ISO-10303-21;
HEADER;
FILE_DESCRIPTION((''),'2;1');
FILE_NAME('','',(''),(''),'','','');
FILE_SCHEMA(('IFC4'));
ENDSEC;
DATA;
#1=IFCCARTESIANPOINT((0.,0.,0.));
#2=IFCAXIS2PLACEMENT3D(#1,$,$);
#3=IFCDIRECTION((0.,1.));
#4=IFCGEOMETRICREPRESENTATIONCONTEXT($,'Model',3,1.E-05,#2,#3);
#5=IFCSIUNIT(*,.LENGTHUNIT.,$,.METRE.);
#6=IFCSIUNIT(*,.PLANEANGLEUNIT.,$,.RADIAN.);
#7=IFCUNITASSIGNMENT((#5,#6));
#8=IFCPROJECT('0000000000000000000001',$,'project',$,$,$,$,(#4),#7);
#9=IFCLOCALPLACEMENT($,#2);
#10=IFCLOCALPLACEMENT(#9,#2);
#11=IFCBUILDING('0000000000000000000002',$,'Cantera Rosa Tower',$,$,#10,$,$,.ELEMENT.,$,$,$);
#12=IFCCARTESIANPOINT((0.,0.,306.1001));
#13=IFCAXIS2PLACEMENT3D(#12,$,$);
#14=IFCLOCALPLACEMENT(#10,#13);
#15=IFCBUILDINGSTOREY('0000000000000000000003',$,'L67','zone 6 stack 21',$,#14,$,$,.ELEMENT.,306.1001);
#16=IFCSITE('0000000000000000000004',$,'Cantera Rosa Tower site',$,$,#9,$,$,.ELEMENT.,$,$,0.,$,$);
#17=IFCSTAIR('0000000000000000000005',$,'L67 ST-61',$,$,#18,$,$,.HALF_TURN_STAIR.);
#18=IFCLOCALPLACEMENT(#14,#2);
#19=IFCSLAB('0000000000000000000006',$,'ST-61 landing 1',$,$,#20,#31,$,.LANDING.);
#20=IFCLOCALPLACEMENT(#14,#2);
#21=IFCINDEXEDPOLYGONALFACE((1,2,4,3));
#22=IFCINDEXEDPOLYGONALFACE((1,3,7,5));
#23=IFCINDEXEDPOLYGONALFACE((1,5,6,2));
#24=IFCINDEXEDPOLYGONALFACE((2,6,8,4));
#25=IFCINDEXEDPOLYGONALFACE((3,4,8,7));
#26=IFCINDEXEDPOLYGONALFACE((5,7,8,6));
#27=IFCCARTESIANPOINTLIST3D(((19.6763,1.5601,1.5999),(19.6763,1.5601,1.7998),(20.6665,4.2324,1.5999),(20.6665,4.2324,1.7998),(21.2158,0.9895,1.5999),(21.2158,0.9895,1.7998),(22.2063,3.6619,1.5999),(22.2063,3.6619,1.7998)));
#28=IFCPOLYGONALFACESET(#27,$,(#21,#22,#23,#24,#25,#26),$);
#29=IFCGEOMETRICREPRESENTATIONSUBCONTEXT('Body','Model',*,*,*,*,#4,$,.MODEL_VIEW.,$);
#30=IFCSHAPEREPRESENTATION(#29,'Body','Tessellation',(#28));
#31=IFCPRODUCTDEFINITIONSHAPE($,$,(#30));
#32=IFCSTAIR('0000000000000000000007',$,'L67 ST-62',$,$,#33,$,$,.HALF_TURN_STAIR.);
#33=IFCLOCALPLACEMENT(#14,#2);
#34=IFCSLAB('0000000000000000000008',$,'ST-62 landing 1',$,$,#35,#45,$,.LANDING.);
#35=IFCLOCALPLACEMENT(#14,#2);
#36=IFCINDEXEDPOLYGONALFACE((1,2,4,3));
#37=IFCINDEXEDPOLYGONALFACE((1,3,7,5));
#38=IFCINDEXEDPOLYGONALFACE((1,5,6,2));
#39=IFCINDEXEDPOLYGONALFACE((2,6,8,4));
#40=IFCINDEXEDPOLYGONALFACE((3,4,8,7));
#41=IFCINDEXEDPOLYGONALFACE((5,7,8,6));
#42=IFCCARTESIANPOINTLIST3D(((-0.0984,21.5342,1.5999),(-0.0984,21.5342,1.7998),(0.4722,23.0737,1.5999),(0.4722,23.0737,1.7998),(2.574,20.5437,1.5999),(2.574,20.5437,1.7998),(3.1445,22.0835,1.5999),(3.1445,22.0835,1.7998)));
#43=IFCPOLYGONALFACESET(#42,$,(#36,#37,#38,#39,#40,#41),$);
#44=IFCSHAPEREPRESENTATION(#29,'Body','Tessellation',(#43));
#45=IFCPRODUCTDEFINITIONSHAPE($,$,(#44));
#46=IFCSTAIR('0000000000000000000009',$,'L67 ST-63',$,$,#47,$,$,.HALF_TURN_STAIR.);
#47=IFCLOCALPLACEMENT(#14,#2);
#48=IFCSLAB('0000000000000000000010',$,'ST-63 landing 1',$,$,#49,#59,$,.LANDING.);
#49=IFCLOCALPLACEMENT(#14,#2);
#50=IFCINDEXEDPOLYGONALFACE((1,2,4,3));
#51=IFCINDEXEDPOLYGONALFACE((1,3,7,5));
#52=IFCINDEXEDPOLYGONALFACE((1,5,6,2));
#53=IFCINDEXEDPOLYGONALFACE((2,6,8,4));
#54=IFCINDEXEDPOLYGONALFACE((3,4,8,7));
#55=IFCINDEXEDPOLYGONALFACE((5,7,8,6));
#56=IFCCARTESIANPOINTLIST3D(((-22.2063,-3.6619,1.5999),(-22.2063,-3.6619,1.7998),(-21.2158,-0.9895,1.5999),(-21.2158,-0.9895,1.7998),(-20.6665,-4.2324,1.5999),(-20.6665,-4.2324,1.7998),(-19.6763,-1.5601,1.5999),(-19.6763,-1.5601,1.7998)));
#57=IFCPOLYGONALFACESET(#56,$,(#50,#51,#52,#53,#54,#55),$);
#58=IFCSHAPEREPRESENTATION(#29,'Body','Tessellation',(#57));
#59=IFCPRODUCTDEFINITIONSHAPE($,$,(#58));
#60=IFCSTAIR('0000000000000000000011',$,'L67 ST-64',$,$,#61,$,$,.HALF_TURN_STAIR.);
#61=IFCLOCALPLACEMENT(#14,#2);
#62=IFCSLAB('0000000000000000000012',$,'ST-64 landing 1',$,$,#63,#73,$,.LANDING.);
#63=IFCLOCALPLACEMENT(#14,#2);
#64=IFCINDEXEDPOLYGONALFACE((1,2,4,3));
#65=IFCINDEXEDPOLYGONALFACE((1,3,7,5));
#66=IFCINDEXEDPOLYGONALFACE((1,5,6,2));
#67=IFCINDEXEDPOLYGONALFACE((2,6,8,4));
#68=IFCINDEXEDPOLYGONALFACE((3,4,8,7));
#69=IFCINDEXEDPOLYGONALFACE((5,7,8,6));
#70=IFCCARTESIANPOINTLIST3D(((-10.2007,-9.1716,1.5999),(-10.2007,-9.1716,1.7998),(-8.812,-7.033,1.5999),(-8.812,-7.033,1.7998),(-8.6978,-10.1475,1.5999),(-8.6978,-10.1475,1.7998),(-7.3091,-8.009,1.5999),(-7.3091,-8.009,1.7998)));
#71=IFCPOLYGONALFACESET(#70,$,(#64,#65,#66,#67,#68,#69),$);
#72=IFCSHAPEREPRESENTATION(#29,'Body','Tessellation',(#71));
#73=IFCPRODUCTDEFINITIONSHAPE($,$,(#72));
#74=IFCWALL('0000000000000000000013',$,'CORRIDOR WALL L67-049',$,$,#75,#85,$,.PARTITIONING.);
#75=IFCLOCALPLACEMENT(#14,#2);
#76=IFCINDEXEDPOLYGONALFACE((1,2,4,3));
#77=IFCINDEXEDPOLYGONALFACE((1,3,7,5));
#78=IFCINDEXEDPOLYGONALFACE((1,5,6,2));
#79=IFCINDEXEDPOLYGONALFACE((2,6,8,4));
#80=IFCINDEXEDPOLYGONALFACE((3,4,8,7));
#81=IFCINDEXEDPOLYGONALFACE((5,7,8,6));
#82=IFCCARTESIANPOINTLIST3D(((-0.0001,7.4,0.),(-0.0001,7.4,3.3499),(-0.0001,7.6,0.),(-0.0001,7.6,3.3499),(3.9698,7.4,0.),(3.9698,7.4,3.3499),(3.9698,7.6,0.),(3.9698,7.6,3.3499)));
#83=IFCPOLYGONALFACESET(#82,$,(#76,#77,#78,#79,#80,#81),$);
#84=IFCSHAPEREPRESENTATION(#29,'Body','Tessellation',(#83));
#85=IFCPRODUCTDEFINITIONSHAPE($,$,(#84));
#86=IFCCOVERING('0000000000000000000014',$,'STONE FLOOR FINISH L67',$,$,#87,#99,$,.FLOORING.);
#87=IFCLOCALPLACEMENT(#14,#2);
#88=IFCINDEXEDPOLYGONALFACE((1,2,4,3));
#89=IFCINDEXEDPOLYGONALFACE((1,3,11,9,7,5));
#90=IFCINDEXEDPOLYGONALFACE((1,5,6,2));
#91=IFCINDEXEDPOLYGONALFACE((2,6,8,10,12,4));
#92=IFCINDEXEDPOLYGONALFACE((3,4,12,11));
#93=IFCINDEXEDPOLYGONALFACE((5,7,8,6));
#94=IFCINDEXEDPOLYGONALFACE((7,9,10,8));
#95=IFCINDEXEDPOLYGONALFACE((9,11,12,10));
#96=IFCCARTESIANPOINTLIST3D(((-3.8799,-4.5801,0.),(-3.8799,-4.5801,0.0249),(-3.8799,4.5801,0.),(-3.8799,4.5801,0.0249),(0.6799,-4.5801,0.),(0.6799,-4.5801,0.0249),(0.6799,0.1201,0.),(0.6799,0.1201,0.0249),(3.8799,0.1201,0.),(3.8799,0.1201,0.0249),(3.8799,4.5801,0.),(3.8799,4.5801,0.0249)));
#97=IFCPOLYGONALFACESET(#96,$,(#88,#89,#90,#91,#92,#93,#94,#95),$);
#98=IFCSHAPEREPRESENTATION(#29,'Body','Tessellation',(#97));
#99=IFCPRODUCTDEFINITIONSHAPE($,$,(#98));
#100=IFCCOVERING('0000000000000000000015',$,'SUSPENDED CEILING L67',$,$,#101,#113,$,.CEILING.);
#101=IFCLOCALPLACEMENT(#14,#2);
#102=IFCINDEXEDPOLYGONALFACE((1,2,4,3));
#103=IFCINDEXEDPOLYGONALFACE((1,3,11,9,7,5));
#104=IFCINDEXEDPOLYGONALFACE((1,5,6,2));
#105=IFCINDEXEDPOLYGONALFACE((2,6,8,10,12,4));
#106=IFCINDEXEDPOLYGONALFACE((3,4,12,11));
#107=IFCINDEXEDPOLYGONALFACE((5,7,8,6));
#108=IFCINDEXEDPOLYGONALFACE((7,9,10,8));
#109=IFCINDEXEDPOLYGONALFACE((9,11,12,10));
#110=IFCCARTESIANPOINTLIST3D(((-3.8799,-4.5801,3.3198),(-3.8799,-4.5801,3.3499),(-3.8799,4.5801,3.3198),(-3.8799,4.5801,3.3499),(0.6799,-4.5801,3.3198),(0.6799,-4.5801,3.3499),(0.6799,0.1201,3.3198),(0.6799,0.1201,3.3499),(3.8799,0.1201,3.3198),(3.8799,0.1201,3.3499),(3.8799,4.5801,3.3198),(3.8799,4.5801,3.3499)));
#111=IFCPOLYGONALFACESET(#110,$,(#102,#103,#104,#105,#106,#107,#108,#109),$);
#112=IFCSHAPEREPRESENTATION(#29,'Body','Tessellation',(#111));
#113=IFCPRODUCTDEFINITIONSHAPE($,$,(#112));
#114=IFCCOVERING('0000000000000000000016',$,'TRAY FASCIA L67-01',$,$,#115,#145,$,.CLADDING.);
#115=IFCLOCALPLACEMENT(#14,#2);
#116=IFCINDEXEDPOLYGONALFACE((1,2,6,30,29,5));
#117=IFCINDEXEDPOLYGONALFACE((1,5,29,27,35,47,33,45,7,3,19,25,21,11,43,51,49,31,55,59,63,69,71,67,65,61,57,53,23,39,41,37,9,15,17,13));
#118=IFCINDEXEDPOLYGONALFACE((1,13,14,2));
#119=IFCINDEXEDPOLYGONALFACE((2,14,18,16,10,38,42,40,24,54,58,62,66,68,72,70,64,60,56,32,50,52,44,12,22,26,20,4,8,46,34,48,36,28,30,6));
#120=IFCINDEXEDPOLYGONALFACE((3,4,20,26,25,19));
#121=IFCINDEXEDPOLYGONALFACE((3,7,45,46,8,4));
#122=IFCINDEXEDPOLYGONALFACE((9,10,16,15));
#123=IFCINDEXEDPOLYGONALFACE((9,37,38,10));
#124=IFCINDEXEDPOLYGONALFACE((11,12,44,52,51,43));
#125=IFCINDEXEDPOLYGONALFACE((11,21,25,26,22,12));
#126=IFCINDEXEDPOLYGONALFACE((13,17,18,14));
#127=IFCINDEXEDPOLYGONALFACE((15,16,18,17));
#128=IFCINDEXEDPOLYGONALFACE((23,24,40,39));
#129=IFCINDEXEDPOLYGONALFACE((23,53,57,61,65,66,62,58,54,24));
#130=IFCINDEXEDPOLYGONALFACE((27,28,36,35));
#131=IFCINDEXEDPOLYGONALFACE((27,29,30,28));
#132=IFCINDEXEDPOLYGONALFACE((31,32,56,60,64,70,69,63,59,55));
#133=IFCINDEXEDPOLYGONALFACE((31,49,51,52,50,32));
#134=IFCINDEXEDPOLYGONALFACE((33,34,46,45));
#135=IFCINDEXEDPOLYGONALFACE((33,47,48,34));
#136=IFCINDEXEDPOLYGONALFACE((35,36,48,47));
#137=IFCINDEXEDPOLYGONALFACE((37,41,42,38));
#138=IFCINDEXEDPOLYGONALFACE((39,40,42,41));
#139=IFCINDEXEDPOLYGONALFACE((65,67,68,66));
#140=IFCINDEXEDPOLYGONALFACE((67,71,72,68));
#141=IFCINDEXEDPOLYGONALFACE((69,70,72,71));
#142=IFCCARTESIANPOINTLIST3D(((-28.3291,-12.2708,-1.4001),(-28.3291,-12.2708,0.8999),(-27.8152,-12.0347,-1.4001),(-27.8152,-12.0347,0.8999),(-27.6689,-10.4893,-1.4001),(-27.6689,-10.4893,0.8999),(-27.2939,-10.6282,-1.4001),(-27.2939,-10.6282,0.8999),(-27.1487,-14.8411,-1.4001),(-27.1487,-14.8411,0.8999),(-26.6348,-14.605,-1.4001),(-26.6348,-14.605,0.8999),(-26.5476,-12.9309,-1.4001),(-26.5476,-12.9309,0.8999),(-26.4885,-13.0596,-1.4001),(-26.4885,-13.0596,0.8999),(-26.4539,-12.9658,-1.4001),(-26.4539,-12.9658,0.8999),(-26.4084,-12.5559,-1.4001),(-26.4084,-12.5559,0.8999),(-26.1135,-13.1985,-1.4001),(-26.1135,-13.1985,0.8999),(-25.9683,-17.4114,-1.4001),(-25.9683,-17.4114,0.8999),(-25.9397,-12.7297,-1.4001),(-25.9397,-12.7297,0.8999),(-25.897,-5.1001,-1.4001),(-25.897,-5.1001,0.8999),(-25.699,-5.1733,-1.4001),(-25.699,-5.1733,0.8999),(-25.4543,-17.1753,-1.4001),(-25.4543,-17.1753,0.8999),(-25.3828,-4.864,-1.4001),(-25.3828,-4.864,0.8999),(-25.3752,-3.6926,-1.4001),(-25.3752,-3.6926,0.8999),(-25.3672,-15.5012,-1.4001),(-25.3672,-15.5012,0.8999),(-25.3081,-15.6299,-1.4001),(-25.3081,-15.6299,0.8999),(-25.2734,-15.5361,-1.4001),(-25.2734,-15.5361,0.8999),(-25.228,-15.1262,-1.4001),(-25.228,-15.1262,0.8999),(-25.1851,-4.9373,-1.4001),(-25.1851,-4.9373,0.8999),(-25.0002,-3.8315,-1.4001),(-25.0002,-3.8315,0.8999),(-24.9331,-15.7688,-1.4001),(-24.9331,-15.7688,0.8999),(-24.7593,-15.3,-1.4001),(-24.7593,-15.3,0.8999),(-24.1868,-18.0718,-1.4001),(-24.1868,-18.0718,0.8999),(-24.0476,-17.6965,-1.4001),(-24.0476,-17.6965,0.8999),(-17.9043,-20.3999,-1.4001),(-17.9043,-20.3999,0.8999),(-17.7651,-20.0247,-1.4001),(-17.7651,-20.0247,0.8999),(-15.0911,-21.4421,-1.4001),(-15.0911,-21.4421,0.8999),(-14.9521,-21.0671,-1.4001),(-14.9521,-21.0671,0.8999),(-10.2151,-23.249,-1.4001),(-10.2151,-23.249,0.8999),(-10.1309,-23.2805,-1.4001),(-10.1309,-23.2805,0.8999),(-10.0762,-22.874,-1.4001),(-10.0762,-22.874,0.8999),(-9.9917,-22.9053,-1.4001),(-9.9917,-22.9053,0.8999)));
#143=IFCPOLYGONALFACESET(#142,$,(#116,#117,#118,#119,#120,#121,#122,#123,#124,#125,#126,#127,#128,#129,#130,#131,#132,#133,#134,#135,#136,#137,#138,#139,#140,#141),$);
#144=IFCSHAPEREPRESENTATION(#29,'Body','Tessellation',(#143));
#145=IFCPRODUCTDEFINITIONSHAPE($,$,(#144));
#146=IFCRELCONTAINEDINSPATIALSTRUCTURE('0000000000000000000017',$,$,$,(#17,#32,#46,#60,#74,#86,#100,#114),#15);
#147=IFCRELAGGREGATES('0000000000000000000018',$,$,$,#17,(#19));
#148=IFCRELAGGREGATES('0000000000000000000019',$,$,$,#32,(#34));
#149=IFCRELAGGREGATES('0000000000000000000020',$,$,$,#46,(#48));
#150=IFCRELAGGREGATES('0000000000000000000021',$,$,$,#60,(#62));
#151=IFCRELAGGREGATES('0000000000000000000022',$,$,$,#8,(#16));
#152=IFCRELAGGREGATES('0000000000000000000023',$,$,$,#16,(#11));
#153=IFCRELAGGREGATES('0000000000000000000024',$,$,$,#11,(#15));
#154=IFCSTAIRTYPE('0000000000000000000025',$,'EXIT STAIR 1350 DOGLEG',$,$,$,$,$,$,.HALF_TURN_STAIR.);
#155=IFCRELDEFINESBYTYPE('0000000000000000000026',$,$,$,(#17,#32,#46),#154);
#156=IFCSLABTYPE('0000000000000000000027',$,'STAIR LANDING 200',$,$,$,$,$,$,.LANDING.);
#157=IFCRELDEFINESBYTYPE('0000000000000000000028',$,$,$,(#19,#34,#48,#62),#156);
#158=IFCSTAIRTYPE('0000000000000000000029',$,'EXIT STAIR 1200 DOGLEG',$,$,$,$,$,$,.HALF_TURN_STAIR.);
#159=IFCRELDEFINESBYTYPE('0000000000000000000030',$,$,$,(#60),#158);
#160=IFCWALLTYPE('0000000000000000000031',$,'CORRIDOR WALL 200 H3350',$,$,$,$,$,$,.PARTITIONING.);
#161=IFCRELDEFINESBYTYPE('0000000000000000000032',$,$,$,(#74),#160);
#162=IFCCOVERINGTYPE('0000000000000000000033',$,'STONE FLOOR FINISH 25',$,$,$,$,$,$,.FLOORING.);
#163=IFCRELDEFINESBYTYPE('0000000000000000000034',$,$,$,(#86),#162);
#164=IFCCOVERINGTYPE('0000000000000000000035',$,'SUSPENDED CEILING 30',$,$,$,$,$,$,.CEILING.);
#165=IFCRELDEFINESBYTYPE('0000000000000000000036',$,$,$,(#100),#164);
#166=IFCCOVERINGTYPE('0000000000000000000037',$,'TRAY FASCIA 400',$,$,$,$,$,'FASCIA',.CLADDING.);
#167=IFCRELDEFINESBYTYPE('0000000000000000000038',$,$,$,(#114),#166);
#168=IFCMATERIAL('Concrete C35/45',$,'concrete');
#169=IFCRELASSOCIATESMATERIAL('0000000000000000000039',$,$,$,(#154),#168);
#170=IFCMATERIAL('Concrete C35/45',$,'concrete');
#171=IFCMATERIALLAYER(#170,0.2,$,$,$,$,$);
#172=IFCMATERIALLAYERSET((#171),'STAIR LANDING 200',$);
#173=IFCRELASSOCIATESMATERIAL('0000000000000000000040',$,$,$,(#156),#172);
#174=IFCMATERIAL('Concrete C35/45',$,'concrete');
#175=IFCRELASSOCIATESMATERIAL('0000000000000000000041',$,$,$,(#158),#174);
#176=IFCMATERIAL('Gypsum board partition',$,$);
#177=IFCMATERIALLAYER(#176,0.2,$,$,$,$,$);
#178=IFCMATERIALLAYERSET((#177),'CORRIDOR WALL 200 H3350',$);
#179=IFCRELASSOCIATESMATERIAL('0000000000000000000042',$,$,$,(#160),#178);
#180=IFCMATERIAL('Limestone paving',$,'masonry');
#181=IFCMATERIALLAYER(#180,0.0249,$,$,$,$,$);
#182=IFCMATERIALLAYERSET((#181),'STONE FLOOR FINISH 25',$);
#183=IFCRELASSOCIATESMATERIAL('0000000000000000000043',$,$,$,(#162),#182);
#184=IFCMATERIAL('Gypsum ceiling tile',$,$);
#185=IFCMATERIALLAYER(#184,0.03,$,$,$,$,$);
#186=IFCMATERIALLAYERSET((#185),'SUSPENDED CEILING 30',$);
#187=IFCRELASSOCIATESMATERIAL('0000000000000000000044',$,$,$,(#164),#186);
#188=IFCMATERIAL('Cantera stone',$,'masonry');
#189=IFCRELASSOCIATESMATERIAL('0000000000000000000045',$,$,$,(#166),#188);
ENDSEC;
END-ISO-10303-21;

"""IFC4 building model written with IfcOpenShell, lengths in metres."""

from ifc_helpers import new_model, si_unit, direction, frame, frame_2d, origin, place, context, subcontext, project, spatial, polyline, rectangle, outline, extrude, material, layer, layer_set, type_object, element, aggregate, save


model = new_model("IFC4")

# Units and contexts
model_context = context("Model", 3, precision=1e-05, world=origin(), true_north=direction((0.0, 1.0)))
body_context = subcontext(model_context, "Body", "Model", "MODEL_VIEW")
ifc_project = project(units=[si_unit("LENGTHUNIT", "METRE"), si_unit("PLANEANGLEUNIT", "RADIAN")], contexts=[model_context])

# Site, building, storey
site_placement = place(None, origin())
site = spatial("IfcSite", under=ifc_project, at=site_placement, Name="Cantera Rosa Tower site", CompositionType="ELEMENT", RefElevation=0.0)
building_placement = place(site_placement, origin())
building = spatial("IfcBuilding", under=site, at=building_placement, Name="Cantera Rosa Tower", CompositionType="ELEMENT")
storey_placement = place(building_placement, frame((0.0, 0.0, 306.1001)))
storey = spatial("IfcBuildingStorey", under=building, at=storey_placement, Name="L67", Description="zone 6 stack 21", CompositionType="ELEMENT", Elevation=306.1001)

# Stairs, slabs
ifc_material_1 = material(Name="Concrete C35/45", Category="concrete")
stair_type_1 = type_object("IfcStairType", Name="EXIT STAIR 1350 DOGLEG", PredefinedType="HALF_TURN_STAIR", material=ifc_material_1)
stair_1_placement = place(storey_placement, origin())
stair_1 = element("IfcStair", 1, at=stair_1_placement, inside=storey, type_object=stair_type_1, Name="L67 ST-61", PredefinedType="HALF_TURN_STAIR")
ifc_material_2 = material(Name="Concrete C35/45", Category="concrete")
ifc_layer_1 = layer(ifc_material_2, 0.2)
ifc_layer_set_1 = layer_set([ifc_layer_1], Name="STAIR LANDING 200")
slab_type_1 = type_object("IfcSlabType", Name="STAIR LANDING 200", PredefinedType="LANDING", material=ifc_layer_set_1)
slab_1_placement = place(storey_placement, frame((0.0, 0.0, 1.5999)))
slab_1 = element("IfcSlab", 2, at=slab_1_placement, type_object=slab_type_1, Name="ST-61 landing 1", PredefinedType="LANDING", context=body_context, shape_type="SweptSolid", body=[
    extrude(outline(polyline([(19.6763, 1.5601), (21.2158, 0.9895), (22.2063, 3.6619), (20.6665, 4.2324), (19.6763, 1.5601)])), origin(), (0.0, 0.0, 1.0), 0.2),
])
aggregate(stair_1, [slab_1])
stair_2_placement = place(storey_placement, origin())
stair_2 = element("IfcStair", 3, at=stair_2_placement, inside=storey, type_object=stair_type_1, Name="L67 ST-62", PredefinedType="HALF_TURN_STAIR")
slab_2_placement = place(storey_placement, frame((0.0, 0.0, 1.5999)))
slab_2 = element("IfcSlab", 4, at=slab_2_placement, type_object=slab_type_1, Name="ST-62 landing 1", PredefinedType="LANDING", context=body_context, shape_type="SweptSolid", body=[
    extrude(outline(polyline([(2.574, 20.5437), (3.1445, 22.0835), (0.4722, 23.0737), (-0.0984, 21.5342), (2.574, 20.5437)])), origin(), (0.0, 0.0, 1.0), 0.2),
])
aggregate(stair_2, [slab_2])
stair_3_placement = place(storey_placement, origin())
stair_3 = element("IfcStair", 5, at=stair_3_placement, inside=storey, type_object=stair_type_1, Name="L67 ST-63", PredefinedType="HALF_TURN_STAIR")
slab_3_placement = place(storey_placement, frame((0.0, 0.0, 1.5999)))
slab_3 = element("IfcSlab", 6, at=slab_3_placement, type_object=slab_type_1, Name="ST-63 landing 1", PredefinedType="LANDING", context=body_context, shape_type="SweptSolid", body=[
    extrude(outline(polyline([(-19.6763, -1.5601), (-21.2158, -0.9895), (-22.2063, -3.6619), (-20.6665, -4.2324), (-19.6763, -1.5601)])), origin(), (0.0, 0.0, 1.0), 0.2),
])
aggregate(stair_3, [slab_3])
ifc_material_3 = material(Name="Concrete C35/45", Category="concrete")
stair_type_2 = type_object("IfcStairType", Name="EXIT STAIR 1200 DOGLEG", PredefinedType="HALF_TURN_STAIR", material=ifc_material_3)
stair_4_placement = place(storey_placement, origin())
stair_4 = element("IfcStair", 7, at=stair_4_placement, inside=storey, type_object=stair_type_2, Name="L67 ST-64", PredefinedType="HALF_TURN_STAIR")
slab_4_placement = place(storey_placement, frame((0.0, 0.0, 1.5999)))
slab_4 = element("IfcSlab", 8, at=slab_4_placement, type_object=slab_type_1, Name="ST-64 landing 1", PredefinedType="LANDING", context=body_context, shape_type="SweptSolid", body=[
    extrude(outline(polyline([(-7.3091, -8.009), (-8.812, -7.033), (-10.2007, -9.1716), (-8.6978, -10.1475), (-7.3091, -8.009)])), origin(), (0.0, 0.0, 1.0), 0.2),
])
aggregate(stair_4, [slab_4])

# Wall
ifc_material_4 = material(Name="Gypsum board partition")
ifc_layer_2 = layer(ifc_material_4, 0.2)
ifc_layer_set_2 = layer_set([ifc_layer_2], Name="CORRIDOR WALL 200 H3350")
wall_type = type_object("IfcWallType", Name="CORRIDOR WALL 200 H3350", PredefinedType="PARTITIONING", material=ifc_layer_set_2)
wall_placement = place(storey_placement, frame((0.0, 7.5, 0.0), z_axis=(0.0, 0.0, 1.0), x_axis=(1.0, 0.0, 0.0)))
element("IfcWall", 9, at=wall_placement, inside=storey, type_object=wall_type, Name="CORRIDOR WALL L67-049", PredefinedType="PARTITIONING", context=body_context, shape_type="SweptSolid", body=[
    extrude(rectangle(XDim=3.97, YDim=0.2, at=frame_2d((1.9849, 0.0))), origin(), (0.0, 0.0, 1.0), 3.3499),
])

# Coverings
ifc_material_5 = material(Name="Limestone paving", Category="masonry")
ifc_layer_3 = layer(ifc_material_5, 0.0249)
ifc_layer_set_3 = layer_set([ifc_layer_3], Name="STONE FLOOR FINISH 25")
covering_type_1 = type_object("IfcCoveringType", Name="STONE FLOOR FINISH 25", PredefinedType="FLOORING", material=ifc_layer_set_3)
covering_1_placement = place(storey_placement, origin())
element("IfcCovering", 10, at=covering_1_placement, inside=storey, type_object=covering_type_1, Name="STONE FLOOR FINISH L67", PredefinedType="FLOORING", context=body_context, shape_type="SweptSolid", body=[
    extrude(outline(polyline([(3.8799, 4.5801), (3.8799, 0.1201), (0.6799, 0.1201), (0.6799, -4.5801), (-3.8799, -4.5801), (-3.8799, 4.5801), (3.8799, 4.5801)])), origin(), (0.0, 0.0, 1.0), 0.0249),
])
ifc_material_6 = material(Name="Gypsum ceiling tile")
ifc_layer_4 = layer(ifc_material_6, 0.03)
ifc_layer_set_4 = layer_set([ifc_layer_4], Name="SUSPENDED CEILING 30")
covering_type_2 = type_object("IfcCoveringType", Name="SUSPENDED CEILING 30", PredefinedType="CEILING", material=ifc_layer_set_4)
covering_2_placement = place(storey_placement, frame((0.0, 0.0, 3.3198)))
element("IfcCovering", 11, at=covering_2_placement, inside=storey, type_object=covering_type_2, Name="SUSPENDED CEILING L67", PredefinedType="CEILING", context=body_context, shape_type="SweptSolid", body=[
    extrude(outline(polyline([(3.8799, 4.5801), (3.8799, 0.1201), (0.6799, 0.1201), (0.6799, -4.5801), (-3.8799, -4.5801), (-3.8799, 4.5801), (3.8799, 4.5801)])), origin(), (0.0, 0.0, 1.0), 0.03),
])
ifc_material_7 = material(Name="Cantera stone", Category="masonry")
covering_type_3 = type_object("IfcCoveringType", Name="TRAY FASCIA 400", ElementType="FASCIA", PredefinedType="CLADDING", material=ifc_material_7)
covering_3_placement = place(storey_placement, frame((0.0, 0.0, -1.4001)))
element("IfcCovering", 12, at=covering_3_placement, inside=storey, type_object=covering_type_3, Name="TRAY FASCIA L67-01", PredefinedType="CLADDING", context=body_context, shape_type="SweptSolid", body=[
    extrude(outline(polyline([(-25.3752, -3.6926), (-25.0002, -3.8315), (-25.3828, -4.864), (-25.1851, -4.9373), (-27.2939, -10.6282), (-27.8152, -12.0347), (-26.4084, -12.5559), (-25.9397, -12.7297), (-26.1135, -13.1985), (-26.6348, -14.605), (-25.228, -15.1262), (-24.7593, -15.3), (-24.9331, -15.7688), (-25.4543, -17.1753), (-24.0476, -17.6965), (-17.7651, -20.0247), (-14.9521, -21.0671), (-10.0762, -22.874), (-9.9917, -22.9053), (-10.1309, -23.2805), (-10.2151, -23.249), (-15.0911, -21.4421), (-17.9043, -20.3999), (-24.1868, -18.0718), (-25.9683, -17.4114), (-25.3081, -15.6299), (-25.2734, -15.5361), (-25.3672, -15.5012), (-27.1487, -14.8411), (-26.4885, -13.0596), (-26.4539, -12.9658), (-26.5476, -12.9309), (-28.3291, -12.2708), (-27.6689, -10.4893), (-25.699, -5.1733), (-25.897, -5.1001), (-25.3752, -3.6926)])), origin(), (0.0, 0.0, 1.0), 2.3),
])

save(model, "model.ifc")
